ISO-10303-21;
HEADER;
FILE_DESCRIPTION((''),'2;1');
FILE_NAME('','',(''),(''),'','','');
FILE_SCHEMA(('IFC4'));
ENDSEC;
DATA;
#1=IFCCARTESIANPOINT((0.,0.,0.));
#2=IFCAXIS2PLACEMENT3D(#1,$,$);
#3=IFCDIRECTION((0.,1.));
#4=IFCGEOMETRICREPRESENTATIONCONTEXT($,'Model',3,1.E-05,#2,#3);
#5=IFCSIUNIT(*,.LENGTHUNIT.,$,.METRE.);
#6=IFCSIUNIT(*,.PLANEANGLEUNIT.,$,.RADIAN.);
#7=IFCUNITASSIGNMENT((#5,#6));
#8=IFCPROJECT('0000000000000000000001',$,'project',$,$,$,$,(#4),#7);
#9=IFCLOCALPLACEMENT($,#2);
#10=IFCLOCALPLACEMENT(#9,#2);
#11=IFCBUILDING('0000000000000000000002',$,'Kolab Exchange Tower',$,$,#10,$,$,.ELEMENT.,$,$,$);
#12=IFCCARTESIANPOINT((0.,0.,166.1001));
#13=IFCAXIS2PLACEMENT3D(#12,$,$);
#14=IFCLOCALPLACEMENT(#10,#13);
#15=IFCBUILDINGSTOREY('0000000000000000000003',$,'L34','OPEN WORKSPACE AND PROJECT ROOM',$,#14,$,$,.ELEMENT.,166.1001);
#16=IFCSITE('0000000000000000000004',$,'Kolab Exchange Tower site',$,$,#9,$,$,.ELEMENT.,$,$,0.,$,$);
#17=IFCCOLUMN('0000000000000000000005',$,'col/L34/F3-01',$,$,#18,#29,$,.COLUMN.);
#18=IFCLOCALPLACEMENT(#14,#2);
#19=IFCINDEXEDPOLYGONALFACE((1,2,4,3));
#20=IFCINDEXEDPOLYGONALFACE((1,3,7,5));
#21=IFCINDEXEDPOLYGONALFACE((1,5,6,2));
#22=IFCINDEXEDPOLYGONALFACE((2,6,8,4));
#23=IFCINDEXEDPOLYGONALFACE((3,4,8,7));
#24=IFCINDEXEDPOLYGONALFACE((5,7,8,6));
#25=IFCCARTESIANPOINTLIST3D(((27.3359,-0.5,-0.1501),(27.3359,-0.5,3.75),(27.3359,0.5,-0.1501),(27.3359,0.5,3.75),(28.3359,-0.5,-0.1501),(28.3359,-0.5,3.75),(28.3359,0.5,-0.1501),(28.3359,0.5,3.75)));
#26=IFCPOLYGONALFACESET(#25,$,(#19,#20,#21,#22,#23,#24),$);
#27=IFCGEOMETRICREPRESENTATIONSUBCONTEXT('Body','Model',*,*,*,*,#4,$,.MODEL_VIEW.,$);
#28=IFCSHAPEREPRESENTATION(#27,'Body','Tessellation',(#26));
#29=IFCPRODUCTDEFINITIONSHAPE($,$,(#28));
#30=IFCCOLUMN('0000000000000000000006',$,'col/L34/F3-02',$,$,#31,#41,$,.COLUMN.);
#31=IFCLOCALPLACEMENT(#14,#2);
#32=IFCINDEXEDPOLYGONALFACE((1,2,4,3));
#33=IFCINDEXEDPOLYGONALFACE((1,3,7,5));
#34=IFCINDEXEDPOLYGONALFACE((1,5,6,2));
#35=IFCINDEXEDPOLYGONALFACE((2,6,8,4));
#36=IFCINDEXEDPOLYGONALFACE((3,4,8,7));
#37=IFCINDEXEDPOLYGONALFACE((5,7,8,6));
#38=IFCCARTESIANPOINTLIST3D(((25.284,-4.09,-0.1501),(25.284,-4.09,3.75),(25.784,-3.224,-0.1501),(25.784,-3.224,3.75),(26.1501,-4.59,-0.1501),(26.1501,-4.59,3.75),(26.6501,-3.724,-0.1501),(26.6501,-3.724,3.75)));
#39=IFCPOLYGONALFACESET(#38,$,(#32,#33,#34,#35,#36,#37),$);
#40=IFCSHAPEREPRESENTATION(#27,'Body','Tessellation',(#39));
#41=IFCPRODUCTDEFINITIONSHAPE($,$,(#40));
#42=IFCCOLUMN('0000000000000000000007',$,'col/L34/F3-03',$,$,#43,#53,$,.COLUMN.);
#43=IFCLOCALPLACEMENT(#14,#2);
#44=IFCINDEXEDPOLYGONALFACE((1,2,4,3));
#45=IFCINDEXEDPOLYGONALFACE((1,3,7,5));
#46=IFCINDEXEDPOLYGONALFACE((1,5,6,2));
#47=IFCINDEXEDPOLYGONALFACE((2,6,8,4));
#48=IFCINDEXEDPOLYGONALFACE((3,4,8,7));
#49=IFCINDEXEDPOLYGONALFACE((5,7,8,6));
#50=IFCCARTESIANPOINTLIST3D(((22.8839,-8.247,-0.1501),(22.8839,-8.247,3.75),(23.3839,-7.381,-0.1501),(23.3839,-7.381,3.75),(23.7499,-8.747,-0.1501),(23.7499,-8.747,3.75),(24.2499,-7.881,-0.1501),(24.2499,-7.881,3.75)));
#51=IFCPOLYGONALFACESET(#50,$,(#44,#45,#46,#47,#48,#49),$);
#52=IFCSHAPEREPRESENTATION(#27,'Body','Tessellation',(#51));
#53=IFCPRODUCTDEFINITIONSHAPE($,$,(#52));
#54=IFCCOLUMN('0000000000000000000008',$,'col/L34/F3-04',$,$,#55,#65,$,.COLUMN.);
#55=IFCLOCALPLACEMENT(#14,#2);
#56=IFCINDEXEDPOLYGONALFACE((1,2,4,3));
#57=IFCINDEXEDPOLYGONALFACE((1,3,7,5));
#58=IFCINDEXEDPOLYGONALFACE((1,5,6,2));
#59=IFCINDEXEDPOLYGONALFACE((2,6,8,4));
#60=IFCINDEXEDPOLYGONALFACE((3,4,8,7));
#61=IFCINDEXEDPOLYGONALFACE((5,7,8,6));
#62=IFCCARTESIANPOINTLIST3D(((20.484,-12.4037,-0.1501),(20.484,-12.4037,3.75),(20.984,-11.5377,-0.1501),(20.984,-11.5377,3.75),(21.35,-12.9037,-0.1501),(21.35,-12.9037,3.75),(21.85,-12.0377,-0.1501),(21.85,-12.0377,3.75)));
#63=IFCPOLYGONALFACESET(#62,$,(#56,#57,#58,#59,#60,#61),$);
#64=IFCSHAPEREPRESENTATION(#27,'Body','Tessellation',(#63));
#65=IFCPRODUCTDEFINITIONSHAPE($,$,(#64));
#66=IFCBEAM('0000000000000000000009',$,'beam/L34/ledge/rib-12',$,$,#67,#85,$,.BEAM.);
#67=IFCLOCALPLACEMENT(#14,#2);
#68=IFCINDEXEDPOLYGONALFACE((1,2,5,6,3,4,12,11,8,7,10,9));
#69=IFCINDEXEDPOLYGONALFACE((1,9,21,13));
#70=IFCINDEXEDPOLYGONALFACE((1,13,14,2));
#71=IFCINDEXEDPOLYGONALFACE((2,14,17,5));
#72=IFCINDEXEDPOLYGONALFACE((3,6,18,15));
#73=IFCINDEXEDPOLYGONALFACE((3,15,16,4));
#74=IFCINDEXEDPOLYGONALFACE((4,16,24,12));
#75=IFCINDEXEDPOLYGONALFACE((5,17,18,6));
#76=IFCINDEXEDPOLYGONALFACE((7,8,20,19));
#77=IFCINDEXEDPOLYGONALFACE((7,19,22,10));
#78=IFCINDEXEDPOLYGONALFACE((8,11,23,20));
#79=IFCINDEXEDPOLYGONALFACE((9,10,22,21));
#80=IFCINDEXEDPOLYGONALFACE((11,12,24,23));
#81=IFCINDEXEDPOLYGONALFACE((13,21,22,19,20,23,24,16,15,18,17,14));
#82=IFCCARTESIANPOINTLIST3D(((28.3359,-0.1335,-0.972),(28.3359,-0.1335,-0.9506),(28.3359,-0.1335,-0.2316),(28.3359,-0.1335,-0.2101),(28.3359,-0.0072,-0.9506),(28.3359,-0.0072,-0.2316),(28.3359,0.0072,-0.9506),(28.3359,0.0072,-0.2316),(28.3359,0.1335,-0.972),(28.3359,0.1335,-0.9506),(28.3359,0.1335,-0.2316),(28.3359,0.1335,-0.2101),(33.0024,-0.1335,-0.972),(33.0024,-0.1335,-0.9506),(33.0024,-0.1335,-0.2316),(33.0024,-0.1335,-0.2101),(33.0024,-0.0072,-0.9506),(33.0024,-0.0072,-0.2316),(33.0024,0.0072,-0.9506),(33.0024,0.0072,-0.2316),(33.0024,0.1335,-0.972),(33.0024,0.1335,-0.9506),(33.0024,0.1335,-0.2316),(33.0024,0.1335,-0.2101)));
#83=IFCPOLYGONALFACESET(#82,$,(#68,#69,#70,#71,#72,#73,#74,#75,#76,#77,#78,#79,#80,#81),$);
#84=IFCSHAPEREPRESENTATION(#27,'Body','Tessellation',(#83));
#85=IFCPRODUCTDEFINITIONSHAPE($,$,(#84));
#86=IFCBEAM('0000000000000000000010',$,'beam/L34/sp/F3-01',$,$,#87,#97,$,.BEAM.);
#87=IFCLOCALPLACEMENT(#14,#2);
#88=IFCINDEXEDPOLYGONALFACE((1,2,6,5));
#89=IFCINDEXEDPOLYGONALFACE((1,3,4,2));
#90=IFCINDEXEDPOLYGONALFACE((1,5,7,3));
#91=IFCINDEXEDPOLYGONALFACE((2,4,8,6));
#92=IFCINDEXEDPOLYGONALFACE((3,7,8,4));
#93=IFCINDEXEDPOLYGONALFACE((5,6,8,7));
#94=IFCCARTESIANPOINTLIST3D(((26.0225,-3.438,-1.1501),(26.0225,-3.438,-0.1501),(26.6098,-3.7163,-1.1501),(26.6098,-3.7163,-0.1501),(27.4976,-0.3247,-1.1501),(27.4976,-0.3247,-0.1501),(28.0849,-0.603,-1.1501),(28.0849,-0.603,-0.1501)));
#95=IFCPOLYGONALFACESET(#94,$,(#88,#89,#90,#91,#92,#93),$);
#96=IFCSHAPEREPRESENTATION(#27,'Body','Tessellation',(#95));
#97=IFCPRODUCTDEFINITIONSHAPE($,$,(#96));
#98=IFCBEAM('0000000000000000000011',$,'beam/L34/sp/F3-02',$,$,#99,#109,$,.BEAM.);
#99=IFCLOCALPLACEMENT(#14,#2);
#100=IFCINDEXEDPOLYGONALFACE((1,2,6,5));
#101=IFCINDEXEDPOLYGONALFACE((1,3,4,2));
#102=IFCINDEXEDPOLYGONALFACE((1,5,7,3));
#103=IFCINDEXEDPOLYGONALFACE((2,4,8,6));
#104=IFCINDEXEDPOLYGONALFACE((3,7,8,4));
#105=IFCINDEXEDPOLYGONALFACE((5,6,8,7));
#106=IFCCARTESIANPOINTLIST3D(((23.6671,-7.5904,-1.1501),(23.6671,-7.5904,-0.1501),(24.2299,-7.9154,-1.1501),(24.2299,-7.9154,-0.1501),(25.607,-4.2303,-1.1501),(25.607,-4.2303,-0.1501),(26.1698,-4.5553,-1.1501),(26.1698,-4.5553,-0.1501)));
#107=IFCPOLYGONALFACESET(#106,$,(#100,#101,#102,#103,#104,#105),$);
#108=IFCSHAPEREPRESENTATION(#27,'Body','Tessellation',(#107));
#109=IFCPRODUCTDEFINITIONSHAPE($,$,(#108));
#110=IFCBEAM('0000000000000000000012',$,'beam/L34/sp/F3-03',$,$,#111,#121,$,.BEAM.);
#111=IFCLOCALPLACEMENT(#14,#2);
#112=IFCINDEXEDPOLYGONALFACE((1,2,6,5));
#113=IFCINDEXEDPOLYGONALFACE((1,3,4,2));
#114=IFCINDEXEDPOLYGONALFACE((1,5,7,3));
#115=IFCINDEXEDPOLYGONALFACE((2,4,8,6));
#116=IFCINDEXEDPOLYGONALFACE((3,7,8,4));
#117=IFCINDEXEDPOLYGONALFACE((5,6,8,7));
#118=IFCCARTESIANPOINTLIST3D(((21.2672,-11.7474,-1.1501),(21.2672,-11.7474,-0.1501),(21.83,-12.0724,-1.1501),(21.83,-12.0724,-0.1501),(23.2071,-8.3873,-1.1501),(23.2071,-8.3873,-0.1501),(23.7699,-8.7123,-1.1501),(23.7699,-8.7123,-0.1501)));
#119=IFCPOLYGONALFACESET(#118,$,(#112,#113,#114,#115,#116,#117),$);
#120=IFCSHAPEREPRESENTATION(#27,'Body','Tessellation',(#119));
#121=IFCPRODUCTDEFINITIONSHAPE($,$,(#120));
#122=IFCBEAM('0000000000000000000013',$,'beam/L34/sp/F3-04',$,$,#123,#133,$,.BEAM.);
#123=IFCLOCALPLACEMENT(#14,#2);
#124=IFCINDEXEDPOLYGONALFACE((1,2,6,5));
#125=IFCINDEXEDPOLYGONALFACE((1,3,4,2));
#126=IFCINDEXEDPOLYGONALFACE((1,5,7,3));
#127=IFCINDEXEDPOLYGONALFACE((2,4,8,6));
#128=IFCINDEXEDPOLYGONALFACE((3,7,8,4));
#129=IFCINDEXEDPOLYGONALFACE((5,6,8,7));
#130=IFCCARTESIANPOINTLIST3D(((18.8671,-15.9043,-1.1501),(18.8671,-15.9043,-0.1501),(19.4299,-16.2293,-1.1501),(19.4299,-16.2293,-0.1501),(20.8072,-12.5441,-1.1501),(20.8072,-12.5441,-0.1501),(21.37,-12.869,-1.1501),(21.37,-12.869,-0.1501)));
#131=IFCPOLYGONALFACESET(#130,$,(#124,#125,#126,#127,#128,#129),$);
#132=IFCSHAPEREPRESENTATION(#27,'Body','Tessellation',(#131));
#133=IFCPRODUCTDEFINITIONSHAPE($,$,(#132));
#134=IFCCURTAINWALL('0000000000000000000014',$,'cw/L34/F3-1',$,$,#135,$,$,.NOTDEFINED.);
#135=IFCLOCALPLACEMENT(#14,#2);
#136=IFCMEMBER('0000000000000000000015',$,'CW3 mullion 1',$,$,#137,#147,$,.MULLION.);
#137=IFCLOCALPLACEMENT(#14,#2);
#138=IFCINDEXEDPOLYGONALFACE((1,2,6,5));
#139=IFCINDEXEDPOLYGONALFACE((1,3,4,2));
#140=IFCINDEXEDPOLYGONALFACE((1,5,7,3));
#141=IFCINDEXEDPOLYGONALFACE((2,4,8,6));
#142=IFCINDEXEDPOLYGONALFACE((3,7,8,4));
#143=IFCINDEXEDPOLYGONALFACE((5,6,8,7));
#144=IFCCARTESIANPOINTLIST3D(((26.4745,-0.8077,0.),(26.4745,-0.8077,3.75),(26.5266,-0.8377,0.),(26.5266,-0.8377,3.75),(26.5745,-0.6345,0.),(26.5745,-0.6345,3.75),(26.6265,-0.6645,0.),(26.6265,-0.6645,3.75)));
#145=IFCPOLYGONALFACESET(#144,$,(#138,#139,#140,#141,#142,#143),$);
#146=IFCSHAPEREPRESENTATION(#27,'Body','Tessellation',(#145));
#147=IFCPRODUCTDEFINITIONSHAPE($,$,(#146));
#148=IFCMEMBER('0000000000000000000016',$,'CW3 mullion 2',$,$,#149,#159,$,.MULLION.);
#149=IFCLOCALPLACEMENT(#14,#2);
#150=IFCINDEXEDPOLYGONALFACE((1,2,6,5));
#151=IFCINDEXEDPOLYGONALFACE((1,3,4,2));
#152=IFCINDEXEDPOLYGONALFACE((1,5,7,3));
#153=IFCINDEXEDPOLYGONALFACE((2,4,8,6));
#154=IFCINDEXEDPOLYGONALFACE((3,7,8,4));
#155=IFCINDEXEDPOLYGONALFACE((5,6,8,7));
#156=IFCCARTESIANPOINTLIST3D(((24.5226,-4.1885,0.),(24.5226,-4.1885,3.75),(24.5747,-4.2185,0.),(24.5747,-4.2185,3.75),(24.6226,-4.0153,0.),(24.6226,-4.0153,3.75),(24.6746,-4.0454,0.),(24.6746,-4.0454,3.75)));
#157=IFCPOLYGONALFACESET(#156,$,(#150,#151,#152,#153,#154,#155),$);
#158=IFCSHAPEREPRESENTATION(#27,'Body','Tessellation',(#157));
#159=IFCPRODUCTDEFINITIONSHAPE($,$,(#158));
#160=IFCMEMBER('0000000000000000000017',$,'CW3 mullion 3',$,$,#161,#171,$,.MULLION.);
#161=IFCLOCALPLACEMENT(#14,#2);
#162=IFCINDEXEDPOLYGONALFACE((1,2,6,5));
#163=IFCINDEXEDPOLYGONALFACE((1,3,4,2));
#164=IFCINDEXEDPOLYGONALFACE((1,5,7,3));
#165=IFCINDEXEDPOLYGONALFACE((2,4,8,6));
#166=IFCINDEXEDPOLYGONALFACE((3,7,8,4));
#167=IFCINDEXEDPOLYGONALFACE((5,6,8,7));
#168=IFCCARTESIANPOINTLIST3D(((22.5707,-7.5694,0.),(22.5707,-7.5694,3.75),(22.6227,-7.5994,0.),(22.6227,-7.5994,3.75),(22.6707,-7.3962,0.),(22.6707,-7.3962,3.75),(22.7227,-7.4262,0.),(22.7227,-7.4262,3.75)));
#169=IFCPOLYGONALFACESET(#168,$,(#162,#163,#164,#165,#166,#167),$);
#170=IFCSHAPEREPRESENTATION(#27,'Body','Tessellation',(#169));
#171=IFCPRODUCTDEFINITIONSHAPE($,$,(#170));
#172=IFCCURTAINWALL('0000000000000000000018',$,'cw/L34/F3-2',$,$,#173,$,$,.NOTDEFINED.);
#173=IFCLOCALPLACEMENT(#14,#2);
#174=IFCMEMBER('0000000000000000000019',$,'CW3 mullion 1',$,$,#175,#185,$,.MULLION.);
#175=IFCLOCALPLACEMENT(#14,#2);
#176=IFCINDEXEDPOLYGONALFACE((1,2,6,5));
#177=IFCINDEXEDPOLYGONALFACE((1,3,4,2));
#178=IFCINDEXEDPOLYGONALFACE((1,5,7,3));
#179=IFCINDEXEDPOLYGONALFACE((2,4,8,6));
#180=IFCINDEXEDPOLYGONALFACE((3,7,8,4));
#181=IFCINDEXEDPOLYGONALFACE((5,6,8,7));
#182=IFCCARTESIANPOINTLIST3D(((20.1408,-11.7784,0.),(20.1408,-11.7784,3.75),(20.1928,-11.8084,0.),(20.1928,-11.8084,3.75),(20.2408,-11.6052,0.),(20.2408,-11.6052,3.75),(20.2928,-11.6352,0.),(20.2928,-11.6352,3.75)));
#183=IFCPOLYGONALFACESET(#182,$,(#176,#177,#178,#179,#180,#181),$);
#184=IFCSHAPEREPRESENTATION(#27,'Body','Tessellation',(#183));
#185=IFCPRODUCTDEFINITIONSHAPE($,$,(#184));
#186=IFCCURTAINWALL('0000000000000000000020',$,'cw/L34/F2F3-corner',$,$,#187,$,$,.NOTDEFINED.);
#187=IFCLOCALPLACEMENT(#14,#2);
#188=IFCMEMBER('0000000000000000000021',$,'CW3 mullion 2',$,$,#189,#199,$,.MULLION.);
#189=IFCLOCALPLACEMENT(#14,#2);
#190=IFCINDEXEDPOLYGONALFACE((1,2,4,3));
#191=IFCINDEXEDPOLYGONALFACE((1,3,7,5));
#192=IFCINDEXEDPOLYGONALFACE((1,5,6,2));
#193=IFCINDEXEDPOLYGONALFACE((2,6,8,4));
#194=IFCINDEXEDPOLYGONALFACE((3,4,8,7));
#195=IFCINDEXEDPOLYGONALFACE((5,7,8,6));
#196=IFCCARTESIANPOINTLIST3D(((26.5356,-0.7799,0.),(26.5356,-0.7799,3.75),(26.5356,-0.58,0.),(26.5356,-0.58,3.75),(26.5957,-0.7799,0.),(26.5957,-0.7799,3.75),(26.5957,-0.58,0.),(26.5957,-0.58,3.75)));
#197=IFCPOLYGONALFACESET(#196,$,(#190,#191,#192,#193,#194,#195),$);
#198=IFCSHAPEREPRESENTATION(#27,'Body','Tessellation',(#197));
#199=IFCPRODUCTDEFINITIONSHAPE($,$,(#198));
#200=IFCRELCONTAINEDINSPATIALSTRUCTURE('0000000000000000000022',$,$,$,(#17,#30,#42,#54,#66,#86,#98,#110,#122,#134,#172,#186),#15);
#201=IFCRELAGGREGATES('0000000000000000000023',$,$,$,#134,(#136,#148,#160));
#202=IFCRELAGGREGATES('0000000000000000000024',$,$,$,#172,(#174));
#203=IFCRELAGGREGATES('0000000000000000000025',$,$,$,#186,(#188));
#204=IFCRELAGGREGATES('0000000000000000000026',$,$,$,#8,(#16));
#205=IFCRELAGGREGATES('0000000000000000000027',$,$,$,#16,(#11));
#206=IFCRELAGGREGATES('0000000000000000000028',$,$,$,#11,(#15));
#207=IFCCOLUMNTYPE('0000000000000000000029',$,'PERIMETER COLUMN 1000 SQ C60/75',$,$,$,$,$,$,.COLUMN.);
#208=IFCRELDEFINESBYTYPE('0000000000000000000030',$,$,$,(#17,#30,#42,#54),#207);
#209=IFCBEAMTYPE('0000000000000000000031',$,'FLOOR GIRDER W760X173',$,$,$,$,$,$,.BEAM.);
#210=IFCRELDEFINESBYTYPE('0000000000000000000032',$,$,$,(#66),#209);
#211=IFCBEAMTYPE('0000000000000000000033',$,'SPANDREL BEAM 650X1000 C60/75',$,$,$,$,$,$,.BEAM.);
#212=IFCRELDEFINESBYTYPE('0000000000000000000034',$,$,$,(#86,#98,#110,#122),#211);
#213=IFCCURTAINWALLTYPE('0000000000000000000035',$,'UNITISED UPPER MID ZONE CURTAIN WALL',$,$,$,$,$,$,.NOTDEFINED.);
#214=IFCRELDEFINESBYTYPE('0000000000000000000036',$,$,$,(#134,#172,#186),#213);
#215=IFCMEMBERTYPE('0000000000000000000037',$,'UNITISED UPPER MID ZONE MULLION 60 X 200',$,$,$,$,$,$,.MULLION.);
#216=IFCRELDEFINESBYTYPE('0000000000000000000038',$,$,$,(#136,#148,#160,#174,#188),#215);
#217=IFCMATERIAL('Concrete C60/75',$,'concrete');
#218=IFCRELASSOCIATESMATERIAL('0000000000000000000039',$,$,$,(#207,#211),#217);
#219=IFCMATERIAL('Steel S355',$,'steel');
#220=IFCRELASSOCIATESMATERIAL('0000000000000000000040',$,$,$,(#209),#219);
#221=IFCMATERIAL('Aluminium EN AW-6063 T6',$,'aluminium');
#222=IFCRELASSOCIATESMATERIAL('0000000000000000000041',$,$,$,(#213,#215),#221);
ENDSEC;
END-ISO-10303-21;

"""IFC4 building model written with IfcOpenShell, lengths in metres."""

from ifc_helpers import new_model, si_unit, direction, frame, origin, origin_2d, place, context, subcontext, project, spatial, rectangle, i_section, extrude, material, material_profile, profile_set, type_object, element, aggregate, save


model = new_model("IFC4")

# Units and contexts
model_context = context("Model", 3, precision=1e-05, world=origin(), true_north=direction((0.0, 1.0)))
body_context = subcontext(model_context, "Body", "Model", "MODEL_VIEW")
ifc_project = project(units=[si_unit("LENGTHUNIT", "METRE"), si_unit("PLANEANGLEUNIT", "RADIAN")], contexts=[model_context])

# Site, building, storey
site_placement = place(None, origin())
site = spatial("IfcSite", under=ifc_project, at=site_placement, Name="Kolab Exchange Tower site", CompositionType="ELEMENT", RefElevation=0.0)
building_placement = place(site_placement, origin())
building = spatial("IfcBuilding", under=site, at=building_placement, Name="Kolab Exchange Tower", CompositionType="ELEMENT")
storey_placement = place(building_placement, frame((0.0, 0.0, 166.1001)))
storey = spatial("IfcBuildingStorey", under=building, at=storey_placement, Name="L34", Description="OPEN WORKSPACE AND PROJECT ROOM", CompositionType="ELEMENT", Elevation=166.1001)

# Columns
ifc_material_1 = material(Name="Concrete C60/75", Category="concrete")
ifc_material_profile_1 = material_profile(ifc_material_1, rectangle(XDim=1.0, YDim=1.0, at=origin_2d()), Name="RC1000")
ifc_profile_set_1 = profile_set([ifc_material_profile_1], Name="Concrete C60/75")
column_type = type_object("IfcColumnType", Name="PERIMETER COLUMN 1000 SQ C60/75", PredefinedType="COLUMN", material=ifc_profile_set_1)
for number, where, z_axis, x_axis, name in (
    (1, (27.8359, 0.0, -0.1501), (0.0, 0.0, 1.0), (1.0, 0.0, 0.0), "col/L34/F3-01"),
    (2, (25.967, -3.907, -0.1501), (0.0, 0.0, 1.0), (0.5, 0.866025, 0.0), "col/L34/F3-02"),
    (3, (23.5669, -8.064, -0.1501), (0.0, 0.0, 1.0), (0.5, 0.866025, 0.0), "col/L34/F3-03"),
    (4, (21.167, -12.2207, -0.1501), (0.0, 0.0, 1.0), (0.5, 0.866025, 0.0), "col/L34/F3-04"),
):
    element("IfcColumn", number, at=place(storey_placement, frame(where, z_axis=z_axis, x_axis=x_axis)), inside=storey, type_object=column_type, Name=name, PredefinedType="COLUMN", context=body_context, shape_type="SweptSolid", body=[
        extrude(rectangle(XDim=1.0, YDim=1.0, at=origin_2d()), origin(), (0.0, 0.0, 1.0), 3.9001),
    ])

# Beams
ifc_material_2 = material(Name="Steel S355", Category="steel")
ifc_material_profile_2 = material_profile(ifc_material_2, i_section(OverallWidth=0.2671, OverallDepth=0.762, WebThickness=0.0144, FlangeThickness=0.0215, at=origin_2d()), Name="W760X173")
ifc_profile_set_2 = profile_set([ifc_material_profile_2], Name="Steel S355")
beam_type_1 = type_object("IfcBeamType", Name="FLOOR GIRDER W760X173", PredefinedType="BEAM", material=ifc_profile_set_2)
beam_1_placement = place(storey_placement, frame((28.3359, 0.0, -0.5911), z_axis=(1.0, 0.0, 0.0), x_axis=(0.0, 1.0, 0.0)))
element("IfcBeam", 5, at=beam_1_placement, inside=storey, type_object=beam_type_1, Name="beam/L34/ledge/rib-12", PredefinedType="BEAM", context=body_context, shape_type="SweptSolid", body=[
    extrude(i_section(OverallWidth=0.2671, OverallDepth=0.762, WebThickness=0.0144, FlangeThickness=0.0215, at=origin_2d()), origin(), (0.0, 0.0, 1.0), 4.6665),
])
ifc_material_profile_3 = material_profile(ifc_material_1, rectangle(XDim=0.6499, YDim=1.0, at=origin_2d()), Name="RC650X1000")
ifc_profile_set_3 = profile_set([ifc_material_profile_3], Name="Concrete C60/75")
beam_type_2 = type_object("IfcBeamType", Name="SPANDREL BEAM 650X1000 C60/75", PredefinedType="BEAM", material=ifc_profile_set_3)
beam_2_placement = place(storey_placement, frame((27.7913, -0.4639, -0.6501), z_axis=(-0.428178, -0.903695, 0.0), x_axis=(0.903695, -0.428178, 0.0)))
element("IfcBeam", 6, at=beam_2_placement, inside=storey, type_object=beam_type_2, Name="beam/L34/sp/F3-01", PredefinedType="BEAM", context=body_context, shape_type="SweptSolid", body=[
    extrude(rectangle(XDim=0.6499, YDim=1.0, at=origin_2d()), origin(), (0.0, 0.0, 1.0), 3.4451),
])
for number, where, z_axis, x_axis, name in (
    (7, (25.8884, -4.3928, -0.6501), (-0.499997, -0.866027, 0.0), (0.866027, -0.499997, 0.0), "beam/L34/sp/F3-02"),
    (8, (23.4885, -8.5498, -0.6501), (-0.499997, -0.866027, 0.0), (0.866027, -0.499997, 0.0), "beam/L34/sp/F3-03"),
):
    element("IfcBeam", number, at=place(storey_placement, frame(where, z_axis=z_axis, x_axis=x_axis)), inside=storey, type_object=beam_type_2, Name=name, PredefinedType="BEAM", context=body_context, shape_type="SweptSolid", body=[
        extrude(rectangle(XDim=0.6499, YDim=1.0, at=origin_2d()), origin(), (0.0, 0.0, 1.0), 3.8799),
    ])
beam_3_placement = place(storey_placement, frame((21.0886, -12.7065, -0.6501), z_axis=(-0.500017, -0.866016, 0.0), x_axis=(0.866016, -0.500017, 0.0)))
element("IfcBeam", 9, at=beam_3_placement, inside=storey, type_object=beam_type_2, Name="beam/L34/sp/F3-04", PredefinedType="BEAM", context=body_context, shape_type="SweptSolid", body=[
    extrude(rectangle(XDim=0.6499, YDim=1.0, at=origin_2d()), origin(), (0.0, 0.0, 1.0), 3.8801),
])

# Curtain wall, members
ifc_material_3 = material(Name="Aluminium EN AW-6063 T6", Category="aluminium")
curtain_wall_type = type_object("IfcCurtainWallType", Name="UNITISED UPPER MID ZONE CURTAIN WALL", PredefinedType="NOTDEFINED", material=ifc_material_3)
curtain_wall_1_placement = place(storey_placement, origin())
curtain_wall_1 = element("IfcCurtainWall", 10, at=curtain_wall_1_placement, inside=storey, type_object=curtain_wall_type, Name="cw/L34/F3-1", PredefinedType="NOTDEFINED")
ifc_material_profile_4 = material_profile(ifc_material_3, rectangle(XDim=0.0601, YDim=0.2, at=origin_2d()), Name="RECT 60X200")
ifc_profile_set_4 = profile_set([ifc_material_profile_4], Name="Aluminium EN AW-6063 T6")
member_type_1 = type_object("IfcMemberType", Name="UNITISED UPPER MID ZONE MULLION 60 X 200", PredefinedType="MULLION", material=ifc_profile_set_4)
member_1_placement = place(storey_placement, frame((26.5505, -0.7361, 0.0), z_axis=(0.0, 0.0, 1.0), x_axis=(0.866025, -0.5, 0.0)))
member_1 = element("IfcMember", 11, at=member_1_placement, type_object=member_type_1, Name="CW3 mullion 1", PredefinedType="MULLION", context=body_context, shape_type="SweptSolid", body=[
    extrude(rectangle(XDim=0.0601, YDim=0.2, at=origin_2d()), origin(), (0.0, 0.0, 1.0), 3.75),
])
member_2_placement = place(storey_placement, frame((24.5986, -4.1169, 0.0), z_axis=(0.0, 0.0, 1.0), x_axis=(0.866025, -0.5, 0.0)))
member_2 = element("IfcMember", 12, at=member_2_placement, type_object=member_type_1, Name="CW3 mullion 2", PredefinedType="MULLION", context=body_context, shape_type="SweptSolid", body=[
    extrude(rectangle(XDim=0.0601, YDim=0.2, at=origin_2d()), origin(), (0.0, 0.0, 1.0), 3.75),
])
member_3_placement = place(storey_placement, frame((22.6467, -7.4978, 0.0), z_axis=(0.0, 0.0, 1.0), x_axis=(0.866025, -0.5, 0.0)))
member_3 = element("IfcMember", 13, at=member_3_placement, type_object=member_type_1, Name="CW3 mullion 3", PredefinedType="MULLION", context=body_context, shape_type="SweptSolid", body=[
    extrude(rectangle(XDim=0.0601, YDim=0.2, at=origin_2d()), origin(), (0.0, 0.0, 1.0), 3.75),
])

# Curtain walls, members
curtain_wall_2_placement = place(storey_placement, origin())
curtain_wall_2 = element("IfcCurtainWall", 14, at=curtain_wall_2_placement, inside=storey, type_object=curtain_wall_type, Name="cw/L34/F3-2", PredefinedType="NOTDEFINED")
member_4_placement = place(storey_placement, frame((20.2168, -11.7068, 0.0), z_axis=(0.0, 0.0, 1.0), x_axis=(0.866025, -0.5, 0.0)))
member_4 = element("IfcMember", 15, at=member_4_placement, type_object=member_type_1, Name="CW3 mullion 1", PredefinedType="MULLION", context=body_context, shape_type="SweptSolid", body=[
    extrude(rectangle(XDim=0.0601, YDim=0.2, at=origin_2d()), origin(), (0.0, 0.0, 1.0), 3.75),
])
curtain_wall_3_placement = place(storey_placement, origin())
curtain_wall_3 = element("IfcCurtainWall", 16, at=curtain_wall_3_placement, inside=storey, type_object=curtain_wall_type, Name="cw/L34/F2F3-corner", PredefinedType="NOTDEFINED")
member_5_placement = place(storey_placement, frame((26.5657, -0.6799, 0.0), z_axis=(0.0, 0.0, 1.0), x_axis=(1.0, 0.0, 0.0)))
member_5 = element("IfcMember", 17, at=member_5_placement, type_object=member_type_1, Name="CW3 mullion 2", PredefinedType="MULLION", context=body_context, shape_type="SweptSolid", body=[
    extrude(rectangle(XDim=0.0601, YDim=0.2, at=origin_2d()), origin(), (0.0, 0.0, 1.0), 3.75),
])

aggregate(curtain_wall_1, [member_1, member_2, member_3])
aggregate(curtain_wall_2, [member_4])
aggregate(curtain_wall_3, [member_5])

save(model, "model.ifc")
